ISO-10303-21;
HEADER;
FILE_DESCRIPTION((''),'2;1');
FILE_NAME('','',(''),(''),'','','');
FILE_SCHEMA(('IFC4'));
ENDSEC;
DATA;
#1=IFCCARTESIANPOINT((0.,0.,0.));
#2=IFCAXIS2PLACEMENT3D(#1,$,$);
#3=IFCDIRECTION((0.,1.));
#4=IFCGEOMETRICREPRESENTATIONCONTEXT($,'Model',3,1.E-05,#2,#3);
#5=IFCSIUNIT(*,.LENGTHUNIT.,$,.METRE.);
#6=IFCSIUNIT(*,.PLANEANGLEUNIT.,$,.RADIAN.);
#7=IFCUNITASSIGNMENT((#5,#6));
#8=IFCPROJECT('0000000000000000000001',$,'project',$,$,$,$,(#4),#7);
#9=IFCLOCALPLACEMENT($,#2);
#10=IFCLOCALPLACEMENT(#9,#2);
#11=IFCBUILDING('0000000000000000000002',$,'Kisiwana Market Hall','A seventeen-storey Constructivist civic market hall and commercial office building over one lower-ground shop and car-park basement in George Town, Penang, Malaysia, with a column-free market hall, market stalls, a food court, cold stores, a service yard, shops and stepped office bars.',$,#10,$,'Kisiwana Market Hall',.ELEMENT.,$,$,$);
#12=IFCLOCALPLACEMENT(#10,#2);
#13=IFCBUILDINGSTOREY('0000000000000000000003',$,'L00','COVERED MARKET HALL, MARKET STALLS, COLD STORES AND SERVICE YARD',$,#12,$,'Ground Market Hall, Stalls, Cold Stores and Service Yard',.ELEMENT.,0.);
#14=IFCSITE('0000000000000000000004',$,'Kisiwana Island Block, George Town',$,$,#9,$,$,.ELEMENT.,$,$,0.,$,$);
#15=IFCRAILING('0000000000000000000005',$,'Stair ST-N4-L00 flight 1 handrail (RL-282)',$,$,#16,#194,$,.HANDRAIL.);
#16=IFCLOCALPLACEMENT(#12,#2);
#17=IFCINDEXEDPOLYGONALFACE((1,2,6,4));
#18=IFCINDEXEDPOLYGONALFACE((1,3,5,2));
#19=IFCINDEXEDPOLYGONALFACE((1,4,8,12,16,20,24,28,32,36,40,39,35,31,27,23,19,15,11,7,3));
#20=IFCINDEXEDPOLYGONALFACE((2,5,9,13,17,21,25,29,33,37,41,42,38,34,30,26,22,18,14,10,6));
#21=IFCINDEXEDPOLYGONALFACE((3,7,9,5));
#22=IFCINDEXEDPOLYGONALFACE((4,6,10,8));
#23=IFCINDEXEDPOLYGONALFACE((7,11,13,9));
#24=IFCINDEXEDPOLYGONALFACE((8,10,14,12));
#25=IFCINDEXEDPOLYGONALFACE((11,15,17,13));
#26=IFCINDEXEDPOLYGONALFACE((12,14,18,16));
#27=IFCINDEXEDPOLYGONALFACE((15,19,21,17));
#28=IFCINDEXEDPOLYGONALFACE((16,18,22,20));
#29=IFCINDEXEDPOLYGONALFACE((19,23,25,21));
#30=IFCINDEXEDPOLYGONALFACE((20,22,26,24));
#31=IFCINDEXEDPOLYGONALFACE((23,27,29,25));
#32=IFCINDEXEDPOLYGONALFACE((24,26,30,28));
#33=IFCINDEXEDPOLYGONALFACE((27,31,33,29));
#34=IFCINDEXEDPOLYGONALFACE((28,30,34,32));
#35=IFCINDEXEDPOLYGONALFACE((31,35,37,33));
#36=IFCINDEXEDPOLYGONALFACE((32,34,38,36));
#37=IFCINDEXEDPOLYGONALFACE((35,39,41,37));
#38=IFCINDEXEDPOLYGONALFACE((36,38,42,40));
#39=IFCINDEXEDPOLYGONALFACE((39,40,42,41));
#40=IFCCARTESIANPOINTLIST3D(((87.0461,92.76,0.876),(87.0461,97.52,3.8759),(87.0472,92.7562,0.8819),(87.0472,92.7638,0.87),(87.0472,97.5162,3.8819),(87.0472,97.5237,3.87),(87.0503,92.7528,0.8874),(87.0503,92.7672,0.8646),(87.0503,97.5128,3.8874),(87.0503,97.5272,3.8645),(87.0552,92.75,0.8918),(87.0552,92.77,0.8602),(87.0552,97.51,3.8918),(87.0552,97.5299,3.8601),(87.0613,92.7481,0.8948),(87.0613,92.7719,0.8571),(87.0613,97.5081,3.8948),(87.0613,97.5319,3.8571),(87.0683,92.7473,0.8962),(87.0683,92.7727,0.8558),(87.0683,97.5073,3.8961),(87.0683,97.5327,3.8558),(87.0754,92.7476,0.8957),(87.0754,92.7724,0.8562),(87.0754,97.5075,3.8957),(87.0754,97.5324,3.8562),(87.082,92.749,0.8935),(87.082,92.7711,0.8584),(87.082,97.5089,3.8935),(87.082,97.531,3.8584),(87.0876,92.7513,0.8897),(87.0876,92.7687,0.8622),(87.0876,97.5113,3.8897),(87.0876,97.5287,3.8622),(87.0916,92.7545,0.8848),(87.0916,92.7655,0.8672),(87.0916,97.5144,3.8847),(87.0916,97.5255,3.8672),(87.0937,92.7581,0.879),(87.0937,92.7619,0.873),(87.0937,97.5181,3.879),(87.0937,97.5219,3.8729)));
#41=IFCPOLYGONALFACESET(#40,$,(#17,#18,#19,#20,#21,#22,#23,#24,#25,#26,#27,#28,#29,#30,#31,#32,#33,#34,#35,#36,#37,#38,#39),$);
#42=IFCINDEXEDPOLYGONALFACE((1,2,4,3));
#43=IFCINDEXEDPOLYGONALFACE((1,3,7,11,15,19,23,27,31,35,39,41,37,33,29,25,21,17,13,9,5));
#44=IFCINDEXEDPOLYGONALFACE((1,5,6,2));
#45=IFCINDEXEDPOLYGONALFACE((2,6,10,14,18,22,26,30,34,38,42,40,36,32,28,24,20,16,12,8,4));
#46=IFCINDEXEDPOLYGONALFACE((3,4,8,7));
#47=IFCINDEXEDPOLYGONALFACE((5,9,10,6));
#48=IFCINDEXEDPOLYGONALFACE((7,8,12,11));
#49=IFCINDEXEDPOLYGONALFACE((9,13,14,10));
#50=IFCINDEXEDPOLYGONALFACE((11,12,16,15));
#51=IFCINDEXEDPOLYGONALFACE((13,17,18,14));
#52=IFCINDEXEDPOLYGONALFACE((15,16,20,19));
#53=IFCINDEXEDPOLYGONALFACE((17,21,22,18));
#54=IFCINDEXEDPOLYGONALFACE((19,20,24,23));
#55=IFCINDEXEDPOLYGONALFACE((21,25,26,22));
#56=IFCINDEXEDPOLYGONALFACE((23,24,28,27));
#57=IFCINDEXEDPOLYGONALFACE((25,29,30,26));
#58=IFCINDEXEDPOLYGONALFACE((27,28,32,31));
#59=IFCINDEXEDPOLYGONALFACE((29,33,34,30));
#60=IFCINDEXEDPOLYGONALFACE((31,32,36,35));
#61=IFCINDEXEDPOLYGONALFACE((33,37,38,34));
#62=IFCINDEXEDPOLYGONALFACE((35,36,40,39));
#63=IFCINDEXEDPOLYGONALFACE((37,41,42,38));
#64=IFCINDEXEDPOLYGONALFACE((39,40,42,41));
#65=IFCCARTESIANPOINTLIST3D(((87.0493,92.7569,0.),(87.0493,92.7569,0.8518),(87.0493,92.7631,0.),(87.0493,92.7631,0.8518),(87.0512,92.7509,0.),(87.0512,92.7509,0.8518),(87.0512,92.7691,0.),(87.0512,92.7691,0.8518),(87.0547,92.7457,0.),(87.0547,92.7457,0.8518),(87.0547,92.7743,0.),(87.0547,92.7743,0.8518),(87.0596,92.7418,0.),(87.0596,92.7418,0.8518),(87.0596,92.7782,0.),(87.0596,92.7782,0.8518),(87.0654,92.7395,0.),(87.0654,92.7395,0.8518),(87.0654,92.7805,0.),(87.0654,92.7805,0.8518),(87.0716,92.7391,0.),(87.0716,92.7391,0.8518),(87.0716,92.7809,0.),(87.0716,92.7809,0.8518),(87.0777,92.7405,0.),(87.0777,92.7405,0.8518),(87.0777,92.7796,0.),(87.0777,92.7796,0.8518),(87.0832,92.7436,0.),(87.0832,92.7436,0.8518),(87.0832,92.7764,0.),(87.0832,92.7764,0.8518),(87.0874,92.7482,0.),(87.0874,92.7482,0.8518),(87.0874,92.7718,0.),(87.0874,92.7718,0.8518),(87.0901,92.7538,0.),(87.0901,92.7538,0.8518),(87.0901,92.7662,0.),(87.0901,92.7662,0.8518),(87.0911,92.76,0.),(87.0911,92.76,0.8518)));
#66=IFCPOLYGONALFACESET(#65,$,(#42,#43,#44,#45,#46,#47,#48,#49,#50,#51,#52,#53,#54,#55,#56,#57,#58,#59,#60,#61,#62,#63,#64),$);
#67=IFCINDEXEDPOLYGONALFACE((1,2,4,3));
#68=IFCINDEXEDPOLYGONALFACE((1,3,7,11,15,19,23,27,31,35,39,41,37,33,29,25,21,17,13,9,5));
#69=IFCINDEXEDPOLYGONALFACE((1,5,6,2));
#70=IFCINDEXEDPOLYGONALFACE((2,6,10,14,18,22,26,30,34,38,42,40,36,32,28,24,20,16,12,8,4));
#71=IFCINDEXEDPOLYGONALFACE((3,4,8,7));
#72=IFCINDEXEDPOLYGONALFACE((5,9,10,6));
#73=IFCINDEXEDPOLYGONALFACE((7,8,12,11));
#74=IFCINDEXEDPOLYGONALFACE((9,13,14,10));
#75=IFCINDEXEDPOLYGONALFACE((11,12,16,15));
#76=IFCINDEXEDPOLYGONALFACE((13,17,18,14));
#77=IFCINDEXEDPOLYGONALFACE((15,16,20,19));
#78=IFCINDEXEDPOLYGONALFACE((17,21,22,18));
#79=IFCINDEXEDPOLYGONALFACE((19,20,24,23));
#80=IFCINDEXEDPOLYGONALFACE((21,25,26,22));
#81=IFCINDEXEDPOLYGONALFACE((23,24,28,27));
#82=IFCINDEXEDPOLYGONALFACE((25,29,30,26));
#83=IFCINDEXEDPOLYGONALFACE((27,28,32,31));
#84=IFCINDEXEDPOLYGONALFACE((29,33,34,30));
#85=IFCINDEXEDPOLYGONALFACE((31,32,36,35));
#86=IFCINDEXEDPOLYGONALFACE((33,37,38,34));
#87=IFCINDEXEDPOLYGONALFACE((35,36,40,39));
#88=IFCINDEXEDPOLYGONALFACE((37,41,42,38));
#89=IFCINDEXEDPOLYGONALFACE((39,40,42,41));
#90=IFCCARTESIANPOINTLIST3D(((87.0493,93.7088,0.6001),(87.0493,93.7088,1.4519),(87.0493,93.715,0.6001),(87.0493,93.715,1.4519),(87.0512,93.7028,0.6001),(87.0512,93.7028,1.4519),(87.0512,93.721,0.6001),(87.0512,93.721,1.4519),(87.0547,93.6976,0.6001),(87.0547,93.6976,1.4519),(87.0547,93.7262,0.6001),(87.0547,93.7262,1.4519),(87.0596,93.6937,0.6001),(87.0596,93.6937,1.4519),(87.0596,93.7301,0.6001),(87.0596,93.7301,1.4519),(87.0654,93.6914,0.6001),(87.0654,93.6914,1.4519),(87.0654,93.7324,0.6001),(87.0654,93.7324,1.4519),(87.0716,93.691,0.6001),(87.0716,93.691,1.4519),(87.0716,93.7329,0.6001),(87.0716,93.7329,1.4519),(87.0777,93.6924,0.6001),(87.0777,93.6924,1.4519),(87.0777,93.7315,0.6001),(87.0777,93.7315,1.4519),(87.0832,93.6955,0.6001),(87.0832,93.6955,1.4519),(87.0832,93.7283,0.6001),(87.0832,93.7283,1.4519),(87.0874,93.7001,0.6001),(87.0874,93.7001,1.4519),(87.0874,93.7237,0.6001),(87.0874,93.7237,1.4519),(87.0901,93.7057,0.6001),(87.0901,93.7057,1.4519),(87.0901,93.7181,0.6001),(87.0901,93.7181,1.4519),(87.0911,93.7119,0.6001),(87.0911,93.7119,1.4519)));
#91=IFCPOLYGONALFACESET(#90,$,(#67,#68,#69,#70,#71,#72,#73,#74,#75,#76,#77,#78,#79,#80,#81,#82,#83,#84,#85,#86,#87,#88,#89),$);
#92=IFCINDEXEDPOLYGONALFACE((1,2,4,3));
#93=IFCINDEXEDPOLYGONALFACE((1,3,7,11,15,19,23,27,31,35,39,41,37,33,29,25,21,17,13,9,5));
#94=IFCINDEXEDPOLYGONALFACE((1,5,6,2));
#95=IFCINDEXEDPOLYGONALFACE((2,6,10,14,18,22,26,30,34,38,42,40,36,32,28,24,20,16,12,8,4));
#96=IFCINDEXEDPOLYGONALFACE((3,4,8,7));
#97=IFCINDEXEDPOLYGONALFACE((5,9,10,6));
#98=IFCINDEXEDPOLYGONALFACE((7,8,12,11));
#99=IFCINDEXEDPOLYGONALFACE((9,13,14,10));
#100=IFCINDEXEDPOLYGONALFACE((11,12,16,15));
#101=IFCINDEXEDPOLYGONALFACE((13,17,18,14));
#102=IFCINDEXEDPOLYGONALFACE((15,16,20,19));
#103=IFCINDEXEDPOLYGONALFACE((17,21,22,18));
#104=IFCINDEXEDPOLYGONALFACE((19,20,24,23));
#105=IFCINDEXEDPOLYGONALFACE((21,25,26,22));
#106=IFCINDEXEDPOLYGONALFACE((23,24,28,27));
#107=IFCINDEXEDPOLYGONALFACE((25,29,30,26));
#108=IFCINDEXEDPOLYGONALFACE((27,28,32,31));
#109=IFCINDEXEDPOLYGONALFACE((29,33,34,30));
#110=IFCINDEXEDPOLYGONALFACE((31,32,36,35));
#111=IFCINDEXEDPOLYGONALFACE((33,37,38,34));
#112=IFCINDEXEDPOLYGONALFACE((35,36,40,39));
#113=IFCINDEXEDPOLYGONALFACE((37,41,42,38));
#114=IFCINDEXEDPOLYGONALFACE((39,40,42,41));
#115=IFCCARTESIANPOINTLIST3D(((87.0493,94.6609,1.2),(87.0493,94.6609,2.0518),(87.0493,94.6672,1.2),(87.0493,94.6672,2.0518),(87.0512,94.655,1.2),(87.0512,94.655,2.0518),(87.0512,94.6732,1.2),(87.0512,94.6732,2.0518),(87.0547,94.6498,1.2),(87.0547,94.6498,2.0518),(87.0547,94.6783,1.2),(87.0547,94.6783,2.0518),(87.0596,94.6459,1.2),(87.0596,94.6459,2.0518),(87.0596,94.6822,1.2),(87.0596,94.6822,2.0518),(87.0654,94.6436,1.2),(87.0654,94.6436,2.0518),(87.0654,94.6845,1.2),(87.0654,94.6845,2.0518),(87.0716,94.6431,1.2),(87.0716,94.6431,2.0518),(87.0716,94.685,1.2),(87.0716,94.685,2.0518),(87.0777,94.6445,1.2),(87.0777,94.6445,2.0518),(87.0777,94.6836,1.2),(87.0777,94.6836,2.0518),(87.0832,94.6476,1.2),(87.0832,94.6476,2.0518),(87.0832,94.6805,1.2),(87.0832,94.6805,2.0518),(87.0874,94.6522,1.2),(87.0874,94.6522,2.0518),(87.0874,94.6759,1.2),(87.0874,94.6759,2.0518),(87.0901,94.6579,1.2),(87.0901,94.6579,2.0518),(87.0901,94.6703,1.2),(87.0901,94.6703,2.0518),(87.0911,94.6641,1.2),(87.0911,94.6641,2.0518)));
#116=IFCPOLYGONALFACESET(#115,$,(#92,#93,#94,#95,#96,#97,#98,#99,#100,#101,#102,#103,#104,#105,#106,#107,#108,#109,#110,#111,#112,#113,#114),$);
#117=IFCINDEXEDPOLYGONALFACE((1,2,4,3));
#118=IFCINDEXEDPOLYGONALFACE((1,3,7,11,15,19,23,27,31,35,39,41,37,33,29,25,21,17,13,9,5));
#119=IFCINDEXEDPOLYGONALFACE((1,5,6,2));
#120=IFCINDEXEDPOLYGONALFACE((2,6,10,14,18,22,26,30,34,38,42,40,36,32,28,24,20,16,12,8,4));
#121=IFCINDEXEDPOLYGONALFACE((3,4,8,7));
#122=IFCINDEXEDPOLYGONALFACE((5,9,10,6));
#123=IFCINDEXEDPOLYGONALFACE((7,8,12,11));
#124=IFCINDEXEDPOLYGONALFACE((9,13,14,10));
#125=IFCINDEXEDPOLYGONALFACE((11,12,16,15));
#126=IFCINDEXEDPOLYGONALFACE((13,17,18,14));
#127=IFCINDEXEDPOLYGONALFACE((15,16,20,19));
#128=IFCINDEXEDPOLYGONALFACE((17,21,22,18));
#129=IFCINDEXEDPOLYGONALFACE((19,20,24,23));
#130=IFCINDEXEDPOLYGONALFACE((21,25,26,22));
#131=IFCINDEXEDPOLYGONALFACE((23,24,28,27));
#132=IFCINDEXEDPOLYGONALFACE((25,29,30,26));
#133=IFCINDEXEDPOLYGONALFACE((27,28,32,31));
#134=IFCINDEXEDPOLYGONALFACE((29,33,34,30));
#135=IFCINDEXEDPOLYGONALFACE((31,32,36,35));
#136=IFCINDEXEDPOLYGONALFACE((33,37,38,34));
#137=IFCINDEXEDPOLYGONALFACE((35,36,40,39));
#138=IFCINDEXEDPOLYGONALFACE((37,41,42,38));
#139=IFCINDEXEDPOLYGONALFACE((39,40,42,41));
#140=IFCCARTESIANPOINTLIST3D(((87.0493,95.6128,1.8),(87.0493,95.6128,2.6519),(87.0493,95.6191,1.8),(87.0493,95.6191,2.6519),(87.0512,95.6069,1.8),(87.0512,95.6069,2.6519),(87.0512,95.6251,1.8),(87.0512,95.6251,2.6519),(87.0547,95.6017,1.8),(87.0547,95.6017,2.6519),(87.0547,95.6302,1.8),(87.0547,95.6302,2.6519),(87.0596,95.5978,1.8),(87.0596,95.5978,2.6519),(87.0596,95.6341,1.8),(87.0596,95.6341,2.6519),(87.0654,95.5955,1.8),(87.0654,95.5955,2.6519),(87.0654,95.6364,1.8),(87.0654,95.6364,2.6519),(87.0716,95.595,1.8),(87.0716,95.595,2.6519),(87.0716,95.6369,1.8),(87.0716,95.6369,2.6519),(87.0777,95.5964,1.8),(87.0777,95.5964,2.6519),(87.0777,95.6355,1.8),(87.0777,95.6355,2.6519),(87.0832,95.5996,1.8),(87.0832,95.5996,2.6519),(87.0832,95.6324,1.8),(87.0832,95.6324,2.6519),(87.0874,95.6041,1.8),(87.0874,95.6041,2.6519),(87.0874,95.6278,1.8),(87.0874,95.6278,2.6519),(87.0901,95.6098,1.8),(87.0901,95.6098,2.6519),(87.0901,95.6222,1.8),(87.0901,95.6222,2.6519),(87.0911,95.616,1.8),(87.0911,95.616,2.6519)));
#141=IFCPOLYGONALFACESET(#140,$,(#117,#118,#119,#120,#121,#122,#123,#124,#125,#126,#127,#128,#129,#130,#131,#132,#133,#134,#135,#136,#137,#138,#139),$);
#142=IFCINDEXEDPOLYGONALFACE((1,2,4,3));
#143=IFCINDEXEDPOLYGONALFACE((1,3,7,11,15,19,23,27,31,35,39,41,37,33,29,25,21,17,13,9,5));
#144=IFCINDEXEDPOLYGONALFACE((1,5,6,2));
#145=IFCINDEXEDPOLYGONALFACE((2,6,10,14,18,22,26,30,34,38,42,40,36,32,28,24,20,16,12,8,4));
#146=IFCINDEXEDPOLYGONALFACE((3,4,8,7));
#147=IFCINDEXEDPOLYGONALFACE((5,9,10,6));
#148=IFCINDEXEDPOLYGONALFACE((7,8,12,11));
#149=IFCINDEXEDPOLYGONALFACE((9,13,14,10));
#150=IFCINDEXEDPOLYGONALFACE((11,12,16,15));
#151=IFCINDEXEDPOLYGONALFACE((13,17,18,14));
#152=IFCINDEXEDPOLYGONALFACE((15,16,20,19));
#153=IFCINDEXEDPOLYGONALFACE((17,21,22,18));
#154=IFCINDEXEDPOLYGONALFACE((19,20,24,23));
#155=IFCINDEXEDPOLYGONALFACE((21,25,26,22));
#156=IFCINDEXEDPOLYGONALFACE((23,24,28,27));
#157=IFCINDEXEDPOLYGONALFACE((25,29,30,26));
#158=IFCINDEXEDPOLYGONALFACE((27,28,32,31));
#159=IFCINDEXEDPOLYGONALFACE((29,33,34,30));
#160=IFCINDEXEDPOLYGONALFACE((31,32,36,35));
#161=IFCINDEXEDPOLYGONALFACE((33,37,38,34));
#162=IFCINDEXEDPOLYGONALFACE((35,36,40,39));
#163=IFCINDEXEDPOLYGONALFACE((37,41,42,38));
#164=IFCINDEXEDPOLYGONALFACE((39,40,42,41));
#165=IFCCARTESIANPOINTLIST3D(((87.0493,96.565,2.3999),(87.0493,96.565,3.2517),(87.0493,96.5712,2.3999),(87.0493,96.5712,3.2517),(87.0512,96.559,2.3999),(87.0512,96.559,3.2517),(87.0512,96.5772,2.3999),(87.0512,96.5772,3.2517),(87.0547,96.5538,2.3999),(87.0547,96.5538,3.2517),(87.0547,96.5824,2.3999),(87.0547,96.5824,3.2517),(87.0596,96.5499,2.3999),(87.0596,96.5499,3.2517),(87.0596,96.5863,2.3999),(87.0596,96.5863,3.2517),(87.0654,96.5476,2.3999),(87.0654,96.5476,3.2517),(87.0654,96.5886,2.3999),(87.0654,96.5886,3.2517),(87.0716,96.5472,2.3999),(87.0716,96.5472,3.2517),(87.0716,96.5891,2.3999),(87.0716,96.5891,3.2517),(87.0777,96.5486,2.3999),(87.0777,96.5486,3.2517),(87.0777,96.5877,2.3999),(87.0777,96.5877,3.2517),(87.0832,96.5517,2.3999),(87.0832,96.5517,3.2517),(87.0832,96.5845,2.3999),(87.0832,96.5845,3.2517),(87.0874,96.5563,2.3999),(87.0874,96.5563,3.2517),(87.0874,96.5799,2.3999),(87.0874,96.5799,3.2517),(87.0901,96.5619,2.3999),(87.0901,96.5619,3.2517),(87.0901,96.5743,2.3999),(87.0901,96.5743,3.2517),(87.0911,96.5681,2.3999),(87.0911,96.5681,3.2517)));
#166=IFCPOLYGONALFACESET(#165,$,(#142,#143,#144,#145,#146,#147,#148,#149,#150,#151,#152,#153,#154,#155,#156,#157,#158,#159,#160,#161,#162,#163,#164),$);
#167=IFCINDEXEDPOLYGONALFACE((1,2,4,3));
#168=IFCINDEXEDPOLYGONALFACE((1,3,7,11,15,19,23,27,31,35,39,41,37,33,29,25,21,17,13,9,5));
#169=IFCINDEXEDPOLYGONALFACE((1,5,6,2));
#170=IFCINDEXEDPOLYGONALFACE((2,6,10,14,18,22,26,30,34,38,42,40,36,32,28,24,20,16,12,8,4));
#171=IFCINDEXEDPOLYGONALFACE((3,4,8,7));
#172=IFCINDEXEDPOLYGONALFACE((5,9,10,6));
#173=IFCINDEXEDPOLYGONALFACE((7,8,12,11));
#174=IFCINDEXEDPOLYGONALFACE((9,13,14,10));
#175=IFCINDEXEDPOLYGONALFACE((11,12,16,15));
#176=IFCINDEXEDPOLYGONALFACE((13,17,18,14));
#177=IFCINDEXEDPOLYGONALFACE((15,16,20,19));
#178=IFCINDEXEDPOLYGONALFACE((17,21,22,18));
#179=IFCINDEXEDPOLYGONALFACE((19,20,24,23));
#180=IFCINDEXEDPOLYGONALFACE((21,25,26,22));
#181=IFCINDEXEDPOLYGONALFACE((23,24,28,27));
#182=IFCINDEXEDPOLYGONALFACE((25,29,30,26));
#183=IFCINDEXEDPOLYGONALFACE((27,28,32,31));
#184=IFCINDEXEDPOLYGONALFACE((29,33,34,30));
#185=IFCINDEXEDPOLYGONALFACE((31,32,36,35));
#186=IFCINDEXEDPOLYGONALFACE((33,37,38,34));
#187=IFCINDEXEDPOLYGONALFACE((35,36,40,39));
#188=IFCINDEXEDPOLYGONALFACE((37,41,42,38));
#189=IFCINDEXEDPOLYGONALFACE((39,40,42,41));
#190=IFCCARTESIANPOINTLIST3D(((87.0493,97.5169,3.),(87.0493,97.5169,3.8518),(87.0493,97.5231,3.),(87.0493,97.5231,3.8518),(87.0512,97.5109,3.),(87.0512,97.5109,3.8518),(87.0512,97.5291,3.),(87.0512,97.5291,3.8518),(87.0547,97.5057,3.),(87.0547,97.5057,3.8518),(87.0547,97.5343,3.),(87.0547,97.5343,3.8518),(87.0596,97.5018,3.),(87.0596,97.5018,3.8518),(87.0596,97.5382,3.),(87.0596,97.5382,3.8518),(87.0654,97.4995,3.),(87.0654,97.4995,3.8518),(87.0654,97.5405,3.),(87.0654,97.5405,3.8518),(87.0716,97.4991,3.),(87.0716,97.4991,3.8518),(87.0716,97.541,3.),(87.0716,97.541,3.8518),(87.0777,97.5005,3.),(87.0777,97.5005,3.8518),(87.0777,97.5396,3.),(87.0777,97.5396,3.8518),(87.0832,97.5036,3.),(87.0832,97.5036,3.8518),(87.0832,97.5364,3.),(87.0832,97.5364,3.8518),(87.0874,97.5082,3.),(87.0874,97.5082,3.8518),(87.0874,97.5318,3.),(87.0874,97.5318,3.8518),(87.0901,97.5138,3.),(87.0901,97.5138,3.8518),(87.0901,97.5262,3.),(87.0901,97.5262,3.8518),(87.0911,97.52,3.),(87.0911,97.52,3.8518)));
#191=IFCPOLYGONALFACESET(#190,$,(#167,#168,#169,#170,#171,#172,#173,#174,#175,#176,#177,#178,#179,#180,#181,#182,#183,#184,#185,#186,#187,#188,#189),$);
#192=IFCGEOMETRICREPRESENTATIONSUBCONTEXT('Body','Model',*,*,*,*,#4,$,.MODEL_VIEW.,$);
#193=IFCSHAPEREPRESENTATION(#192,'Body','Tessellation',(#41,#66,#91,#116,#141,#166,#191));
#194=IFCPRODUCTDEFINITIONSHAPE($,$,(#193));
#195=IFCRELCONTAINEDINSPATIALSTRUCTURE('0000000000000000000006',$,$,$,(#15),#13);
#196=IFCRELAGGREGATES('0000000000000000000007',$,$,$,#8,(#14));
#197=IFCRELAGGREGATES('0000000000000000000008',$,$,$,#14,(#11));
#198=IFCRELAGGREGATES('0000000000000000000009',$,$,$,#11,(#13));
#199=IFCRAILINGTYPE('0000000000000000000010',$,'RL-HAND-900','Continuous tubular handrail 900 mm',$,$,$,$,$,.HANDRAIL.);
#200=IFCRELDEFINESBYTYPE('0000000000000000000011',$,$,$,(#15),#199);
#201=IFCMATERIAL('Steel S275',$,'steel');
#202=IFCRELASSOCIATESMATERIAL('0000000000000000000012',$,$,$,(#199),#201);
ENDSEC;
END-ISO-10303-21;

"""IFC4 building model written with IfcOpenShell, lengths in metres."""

from ifc_helpers import new_model, si_unit, direction, frame, origin, origin_2d, place, context, subcontext, project, spatial, circle, extrude, material, type_object, element, save


model = new_model("IFC4")

# Units and contexts
model_context = context("Model", 3, precision=1e-05, world=origin(), true_north=direction((0.0, 1.0)))
body_context = subcontext(model_context, "Body", "Model", "MODEL_VIEW")
ifc_project = project(units=[si_unit("LENGTHUNIT", "METRE"), si_unit("PLANEANGLEUNIT", "RADIAN")], contexts=[model_context])

# Site, building, storey
site_placement = place(None, origin())
site = spatial("IfcSite", under=ifc_project, at=site_placement, Name="Kisiwana Island Block, George Town", CompositionType="ELEMENT", RefElevation=0.0)
building_placement = place(site_placement, origin())
building = spatial("IfcBuilding", under=site, at=building_placement, Name="Kisiwana Market Hall", Description="A seventeen-storey Constructivist civic market hall and commercial office building over one lower-ground shop and car-park basement in George Town, Penang, Malaysia, with a column-free market hall, market stalls, a food court, cold stores, a service yard, shops and stepped office bars.", LongName="Kisiwana Market Hall", CompositionType="ELEMENT")
storey_placement = place(building_placement, origin())
storey = spatial("IfcBuildingStorey", under=building, at=storey_placement, Name="L00", Description="COVERED MARKET HALL, MARKET STALLS, COLD STORES AND SERVICE YARD", LongName="Ground Market Hall, Stalls, Cold Stores and Service Yard", CompositionType="ELEMENT", Elevation=0.0)

# Railing
ifc_material_1 = material(Name="Steel S275", Category="steel")
railing_type = type_object("IfcRailingType", Name="RL-HAND-900", Description="Continuous tubular handrail 900 mm", PredefinedType="HANDRAIL", material=ifc_material_1)
railing_placement = place(storey_placement, frame((87.0701, 92.76, 0.0)))
element("IfcRailing", 1, at=railing_placement, inside=storey, type_object=railing_type, Name="Stair ST-N4-L00 flight 1 handrail (RL-282)", PredefinedType="HANDRAIL", context=body_context, shape_type="SweptSolid", body=[
    extrude(circle(Radius=0.0239, at=origin_2d()), frame((0.0, 0.0, 0.876), z_axis=(0.0, 0.845996, 0.53319), x_axis=(-1.0, 0.0, 0.0)), (0.0, 0.0, 1.0), 5.6265),
    extrude(circle(Radius=0.021, at=origin_2d()), origin(), (0.0, 0.0, 1.0), 0.8518),
    extrude(circle(Radius=0.021, at=origin_2d()), frame((0.0, 0.9519, 0.6001)), (0.0, 0.0, 1.0), 0.8518),
    extrude(circle(Radius=0.021, at=origin_2d()), frame((0.0, 1.9041, 1.2)), (0.0, 0.0, 1.0), 0.8518),
    extrude(circle(Radius=0.021, at=origin_2d()), frame((0.0, 2.856, 1.8)), (0.0, 0.0, 1.0), 0.8518),
    extrude(circle(Radius=0.021, at=origin_2d()), frame((0.0, 3.8081, 2.3999)), (0.0, 0.0, 1.0), 0.8518),
    extrude(circle(Radius=0.021, at=origin_2d()), frame((0.0, 4.76, 3.0)), (0.0, 0.0, 1.0), 0.8518),
])

save(model, "model.ifc")
